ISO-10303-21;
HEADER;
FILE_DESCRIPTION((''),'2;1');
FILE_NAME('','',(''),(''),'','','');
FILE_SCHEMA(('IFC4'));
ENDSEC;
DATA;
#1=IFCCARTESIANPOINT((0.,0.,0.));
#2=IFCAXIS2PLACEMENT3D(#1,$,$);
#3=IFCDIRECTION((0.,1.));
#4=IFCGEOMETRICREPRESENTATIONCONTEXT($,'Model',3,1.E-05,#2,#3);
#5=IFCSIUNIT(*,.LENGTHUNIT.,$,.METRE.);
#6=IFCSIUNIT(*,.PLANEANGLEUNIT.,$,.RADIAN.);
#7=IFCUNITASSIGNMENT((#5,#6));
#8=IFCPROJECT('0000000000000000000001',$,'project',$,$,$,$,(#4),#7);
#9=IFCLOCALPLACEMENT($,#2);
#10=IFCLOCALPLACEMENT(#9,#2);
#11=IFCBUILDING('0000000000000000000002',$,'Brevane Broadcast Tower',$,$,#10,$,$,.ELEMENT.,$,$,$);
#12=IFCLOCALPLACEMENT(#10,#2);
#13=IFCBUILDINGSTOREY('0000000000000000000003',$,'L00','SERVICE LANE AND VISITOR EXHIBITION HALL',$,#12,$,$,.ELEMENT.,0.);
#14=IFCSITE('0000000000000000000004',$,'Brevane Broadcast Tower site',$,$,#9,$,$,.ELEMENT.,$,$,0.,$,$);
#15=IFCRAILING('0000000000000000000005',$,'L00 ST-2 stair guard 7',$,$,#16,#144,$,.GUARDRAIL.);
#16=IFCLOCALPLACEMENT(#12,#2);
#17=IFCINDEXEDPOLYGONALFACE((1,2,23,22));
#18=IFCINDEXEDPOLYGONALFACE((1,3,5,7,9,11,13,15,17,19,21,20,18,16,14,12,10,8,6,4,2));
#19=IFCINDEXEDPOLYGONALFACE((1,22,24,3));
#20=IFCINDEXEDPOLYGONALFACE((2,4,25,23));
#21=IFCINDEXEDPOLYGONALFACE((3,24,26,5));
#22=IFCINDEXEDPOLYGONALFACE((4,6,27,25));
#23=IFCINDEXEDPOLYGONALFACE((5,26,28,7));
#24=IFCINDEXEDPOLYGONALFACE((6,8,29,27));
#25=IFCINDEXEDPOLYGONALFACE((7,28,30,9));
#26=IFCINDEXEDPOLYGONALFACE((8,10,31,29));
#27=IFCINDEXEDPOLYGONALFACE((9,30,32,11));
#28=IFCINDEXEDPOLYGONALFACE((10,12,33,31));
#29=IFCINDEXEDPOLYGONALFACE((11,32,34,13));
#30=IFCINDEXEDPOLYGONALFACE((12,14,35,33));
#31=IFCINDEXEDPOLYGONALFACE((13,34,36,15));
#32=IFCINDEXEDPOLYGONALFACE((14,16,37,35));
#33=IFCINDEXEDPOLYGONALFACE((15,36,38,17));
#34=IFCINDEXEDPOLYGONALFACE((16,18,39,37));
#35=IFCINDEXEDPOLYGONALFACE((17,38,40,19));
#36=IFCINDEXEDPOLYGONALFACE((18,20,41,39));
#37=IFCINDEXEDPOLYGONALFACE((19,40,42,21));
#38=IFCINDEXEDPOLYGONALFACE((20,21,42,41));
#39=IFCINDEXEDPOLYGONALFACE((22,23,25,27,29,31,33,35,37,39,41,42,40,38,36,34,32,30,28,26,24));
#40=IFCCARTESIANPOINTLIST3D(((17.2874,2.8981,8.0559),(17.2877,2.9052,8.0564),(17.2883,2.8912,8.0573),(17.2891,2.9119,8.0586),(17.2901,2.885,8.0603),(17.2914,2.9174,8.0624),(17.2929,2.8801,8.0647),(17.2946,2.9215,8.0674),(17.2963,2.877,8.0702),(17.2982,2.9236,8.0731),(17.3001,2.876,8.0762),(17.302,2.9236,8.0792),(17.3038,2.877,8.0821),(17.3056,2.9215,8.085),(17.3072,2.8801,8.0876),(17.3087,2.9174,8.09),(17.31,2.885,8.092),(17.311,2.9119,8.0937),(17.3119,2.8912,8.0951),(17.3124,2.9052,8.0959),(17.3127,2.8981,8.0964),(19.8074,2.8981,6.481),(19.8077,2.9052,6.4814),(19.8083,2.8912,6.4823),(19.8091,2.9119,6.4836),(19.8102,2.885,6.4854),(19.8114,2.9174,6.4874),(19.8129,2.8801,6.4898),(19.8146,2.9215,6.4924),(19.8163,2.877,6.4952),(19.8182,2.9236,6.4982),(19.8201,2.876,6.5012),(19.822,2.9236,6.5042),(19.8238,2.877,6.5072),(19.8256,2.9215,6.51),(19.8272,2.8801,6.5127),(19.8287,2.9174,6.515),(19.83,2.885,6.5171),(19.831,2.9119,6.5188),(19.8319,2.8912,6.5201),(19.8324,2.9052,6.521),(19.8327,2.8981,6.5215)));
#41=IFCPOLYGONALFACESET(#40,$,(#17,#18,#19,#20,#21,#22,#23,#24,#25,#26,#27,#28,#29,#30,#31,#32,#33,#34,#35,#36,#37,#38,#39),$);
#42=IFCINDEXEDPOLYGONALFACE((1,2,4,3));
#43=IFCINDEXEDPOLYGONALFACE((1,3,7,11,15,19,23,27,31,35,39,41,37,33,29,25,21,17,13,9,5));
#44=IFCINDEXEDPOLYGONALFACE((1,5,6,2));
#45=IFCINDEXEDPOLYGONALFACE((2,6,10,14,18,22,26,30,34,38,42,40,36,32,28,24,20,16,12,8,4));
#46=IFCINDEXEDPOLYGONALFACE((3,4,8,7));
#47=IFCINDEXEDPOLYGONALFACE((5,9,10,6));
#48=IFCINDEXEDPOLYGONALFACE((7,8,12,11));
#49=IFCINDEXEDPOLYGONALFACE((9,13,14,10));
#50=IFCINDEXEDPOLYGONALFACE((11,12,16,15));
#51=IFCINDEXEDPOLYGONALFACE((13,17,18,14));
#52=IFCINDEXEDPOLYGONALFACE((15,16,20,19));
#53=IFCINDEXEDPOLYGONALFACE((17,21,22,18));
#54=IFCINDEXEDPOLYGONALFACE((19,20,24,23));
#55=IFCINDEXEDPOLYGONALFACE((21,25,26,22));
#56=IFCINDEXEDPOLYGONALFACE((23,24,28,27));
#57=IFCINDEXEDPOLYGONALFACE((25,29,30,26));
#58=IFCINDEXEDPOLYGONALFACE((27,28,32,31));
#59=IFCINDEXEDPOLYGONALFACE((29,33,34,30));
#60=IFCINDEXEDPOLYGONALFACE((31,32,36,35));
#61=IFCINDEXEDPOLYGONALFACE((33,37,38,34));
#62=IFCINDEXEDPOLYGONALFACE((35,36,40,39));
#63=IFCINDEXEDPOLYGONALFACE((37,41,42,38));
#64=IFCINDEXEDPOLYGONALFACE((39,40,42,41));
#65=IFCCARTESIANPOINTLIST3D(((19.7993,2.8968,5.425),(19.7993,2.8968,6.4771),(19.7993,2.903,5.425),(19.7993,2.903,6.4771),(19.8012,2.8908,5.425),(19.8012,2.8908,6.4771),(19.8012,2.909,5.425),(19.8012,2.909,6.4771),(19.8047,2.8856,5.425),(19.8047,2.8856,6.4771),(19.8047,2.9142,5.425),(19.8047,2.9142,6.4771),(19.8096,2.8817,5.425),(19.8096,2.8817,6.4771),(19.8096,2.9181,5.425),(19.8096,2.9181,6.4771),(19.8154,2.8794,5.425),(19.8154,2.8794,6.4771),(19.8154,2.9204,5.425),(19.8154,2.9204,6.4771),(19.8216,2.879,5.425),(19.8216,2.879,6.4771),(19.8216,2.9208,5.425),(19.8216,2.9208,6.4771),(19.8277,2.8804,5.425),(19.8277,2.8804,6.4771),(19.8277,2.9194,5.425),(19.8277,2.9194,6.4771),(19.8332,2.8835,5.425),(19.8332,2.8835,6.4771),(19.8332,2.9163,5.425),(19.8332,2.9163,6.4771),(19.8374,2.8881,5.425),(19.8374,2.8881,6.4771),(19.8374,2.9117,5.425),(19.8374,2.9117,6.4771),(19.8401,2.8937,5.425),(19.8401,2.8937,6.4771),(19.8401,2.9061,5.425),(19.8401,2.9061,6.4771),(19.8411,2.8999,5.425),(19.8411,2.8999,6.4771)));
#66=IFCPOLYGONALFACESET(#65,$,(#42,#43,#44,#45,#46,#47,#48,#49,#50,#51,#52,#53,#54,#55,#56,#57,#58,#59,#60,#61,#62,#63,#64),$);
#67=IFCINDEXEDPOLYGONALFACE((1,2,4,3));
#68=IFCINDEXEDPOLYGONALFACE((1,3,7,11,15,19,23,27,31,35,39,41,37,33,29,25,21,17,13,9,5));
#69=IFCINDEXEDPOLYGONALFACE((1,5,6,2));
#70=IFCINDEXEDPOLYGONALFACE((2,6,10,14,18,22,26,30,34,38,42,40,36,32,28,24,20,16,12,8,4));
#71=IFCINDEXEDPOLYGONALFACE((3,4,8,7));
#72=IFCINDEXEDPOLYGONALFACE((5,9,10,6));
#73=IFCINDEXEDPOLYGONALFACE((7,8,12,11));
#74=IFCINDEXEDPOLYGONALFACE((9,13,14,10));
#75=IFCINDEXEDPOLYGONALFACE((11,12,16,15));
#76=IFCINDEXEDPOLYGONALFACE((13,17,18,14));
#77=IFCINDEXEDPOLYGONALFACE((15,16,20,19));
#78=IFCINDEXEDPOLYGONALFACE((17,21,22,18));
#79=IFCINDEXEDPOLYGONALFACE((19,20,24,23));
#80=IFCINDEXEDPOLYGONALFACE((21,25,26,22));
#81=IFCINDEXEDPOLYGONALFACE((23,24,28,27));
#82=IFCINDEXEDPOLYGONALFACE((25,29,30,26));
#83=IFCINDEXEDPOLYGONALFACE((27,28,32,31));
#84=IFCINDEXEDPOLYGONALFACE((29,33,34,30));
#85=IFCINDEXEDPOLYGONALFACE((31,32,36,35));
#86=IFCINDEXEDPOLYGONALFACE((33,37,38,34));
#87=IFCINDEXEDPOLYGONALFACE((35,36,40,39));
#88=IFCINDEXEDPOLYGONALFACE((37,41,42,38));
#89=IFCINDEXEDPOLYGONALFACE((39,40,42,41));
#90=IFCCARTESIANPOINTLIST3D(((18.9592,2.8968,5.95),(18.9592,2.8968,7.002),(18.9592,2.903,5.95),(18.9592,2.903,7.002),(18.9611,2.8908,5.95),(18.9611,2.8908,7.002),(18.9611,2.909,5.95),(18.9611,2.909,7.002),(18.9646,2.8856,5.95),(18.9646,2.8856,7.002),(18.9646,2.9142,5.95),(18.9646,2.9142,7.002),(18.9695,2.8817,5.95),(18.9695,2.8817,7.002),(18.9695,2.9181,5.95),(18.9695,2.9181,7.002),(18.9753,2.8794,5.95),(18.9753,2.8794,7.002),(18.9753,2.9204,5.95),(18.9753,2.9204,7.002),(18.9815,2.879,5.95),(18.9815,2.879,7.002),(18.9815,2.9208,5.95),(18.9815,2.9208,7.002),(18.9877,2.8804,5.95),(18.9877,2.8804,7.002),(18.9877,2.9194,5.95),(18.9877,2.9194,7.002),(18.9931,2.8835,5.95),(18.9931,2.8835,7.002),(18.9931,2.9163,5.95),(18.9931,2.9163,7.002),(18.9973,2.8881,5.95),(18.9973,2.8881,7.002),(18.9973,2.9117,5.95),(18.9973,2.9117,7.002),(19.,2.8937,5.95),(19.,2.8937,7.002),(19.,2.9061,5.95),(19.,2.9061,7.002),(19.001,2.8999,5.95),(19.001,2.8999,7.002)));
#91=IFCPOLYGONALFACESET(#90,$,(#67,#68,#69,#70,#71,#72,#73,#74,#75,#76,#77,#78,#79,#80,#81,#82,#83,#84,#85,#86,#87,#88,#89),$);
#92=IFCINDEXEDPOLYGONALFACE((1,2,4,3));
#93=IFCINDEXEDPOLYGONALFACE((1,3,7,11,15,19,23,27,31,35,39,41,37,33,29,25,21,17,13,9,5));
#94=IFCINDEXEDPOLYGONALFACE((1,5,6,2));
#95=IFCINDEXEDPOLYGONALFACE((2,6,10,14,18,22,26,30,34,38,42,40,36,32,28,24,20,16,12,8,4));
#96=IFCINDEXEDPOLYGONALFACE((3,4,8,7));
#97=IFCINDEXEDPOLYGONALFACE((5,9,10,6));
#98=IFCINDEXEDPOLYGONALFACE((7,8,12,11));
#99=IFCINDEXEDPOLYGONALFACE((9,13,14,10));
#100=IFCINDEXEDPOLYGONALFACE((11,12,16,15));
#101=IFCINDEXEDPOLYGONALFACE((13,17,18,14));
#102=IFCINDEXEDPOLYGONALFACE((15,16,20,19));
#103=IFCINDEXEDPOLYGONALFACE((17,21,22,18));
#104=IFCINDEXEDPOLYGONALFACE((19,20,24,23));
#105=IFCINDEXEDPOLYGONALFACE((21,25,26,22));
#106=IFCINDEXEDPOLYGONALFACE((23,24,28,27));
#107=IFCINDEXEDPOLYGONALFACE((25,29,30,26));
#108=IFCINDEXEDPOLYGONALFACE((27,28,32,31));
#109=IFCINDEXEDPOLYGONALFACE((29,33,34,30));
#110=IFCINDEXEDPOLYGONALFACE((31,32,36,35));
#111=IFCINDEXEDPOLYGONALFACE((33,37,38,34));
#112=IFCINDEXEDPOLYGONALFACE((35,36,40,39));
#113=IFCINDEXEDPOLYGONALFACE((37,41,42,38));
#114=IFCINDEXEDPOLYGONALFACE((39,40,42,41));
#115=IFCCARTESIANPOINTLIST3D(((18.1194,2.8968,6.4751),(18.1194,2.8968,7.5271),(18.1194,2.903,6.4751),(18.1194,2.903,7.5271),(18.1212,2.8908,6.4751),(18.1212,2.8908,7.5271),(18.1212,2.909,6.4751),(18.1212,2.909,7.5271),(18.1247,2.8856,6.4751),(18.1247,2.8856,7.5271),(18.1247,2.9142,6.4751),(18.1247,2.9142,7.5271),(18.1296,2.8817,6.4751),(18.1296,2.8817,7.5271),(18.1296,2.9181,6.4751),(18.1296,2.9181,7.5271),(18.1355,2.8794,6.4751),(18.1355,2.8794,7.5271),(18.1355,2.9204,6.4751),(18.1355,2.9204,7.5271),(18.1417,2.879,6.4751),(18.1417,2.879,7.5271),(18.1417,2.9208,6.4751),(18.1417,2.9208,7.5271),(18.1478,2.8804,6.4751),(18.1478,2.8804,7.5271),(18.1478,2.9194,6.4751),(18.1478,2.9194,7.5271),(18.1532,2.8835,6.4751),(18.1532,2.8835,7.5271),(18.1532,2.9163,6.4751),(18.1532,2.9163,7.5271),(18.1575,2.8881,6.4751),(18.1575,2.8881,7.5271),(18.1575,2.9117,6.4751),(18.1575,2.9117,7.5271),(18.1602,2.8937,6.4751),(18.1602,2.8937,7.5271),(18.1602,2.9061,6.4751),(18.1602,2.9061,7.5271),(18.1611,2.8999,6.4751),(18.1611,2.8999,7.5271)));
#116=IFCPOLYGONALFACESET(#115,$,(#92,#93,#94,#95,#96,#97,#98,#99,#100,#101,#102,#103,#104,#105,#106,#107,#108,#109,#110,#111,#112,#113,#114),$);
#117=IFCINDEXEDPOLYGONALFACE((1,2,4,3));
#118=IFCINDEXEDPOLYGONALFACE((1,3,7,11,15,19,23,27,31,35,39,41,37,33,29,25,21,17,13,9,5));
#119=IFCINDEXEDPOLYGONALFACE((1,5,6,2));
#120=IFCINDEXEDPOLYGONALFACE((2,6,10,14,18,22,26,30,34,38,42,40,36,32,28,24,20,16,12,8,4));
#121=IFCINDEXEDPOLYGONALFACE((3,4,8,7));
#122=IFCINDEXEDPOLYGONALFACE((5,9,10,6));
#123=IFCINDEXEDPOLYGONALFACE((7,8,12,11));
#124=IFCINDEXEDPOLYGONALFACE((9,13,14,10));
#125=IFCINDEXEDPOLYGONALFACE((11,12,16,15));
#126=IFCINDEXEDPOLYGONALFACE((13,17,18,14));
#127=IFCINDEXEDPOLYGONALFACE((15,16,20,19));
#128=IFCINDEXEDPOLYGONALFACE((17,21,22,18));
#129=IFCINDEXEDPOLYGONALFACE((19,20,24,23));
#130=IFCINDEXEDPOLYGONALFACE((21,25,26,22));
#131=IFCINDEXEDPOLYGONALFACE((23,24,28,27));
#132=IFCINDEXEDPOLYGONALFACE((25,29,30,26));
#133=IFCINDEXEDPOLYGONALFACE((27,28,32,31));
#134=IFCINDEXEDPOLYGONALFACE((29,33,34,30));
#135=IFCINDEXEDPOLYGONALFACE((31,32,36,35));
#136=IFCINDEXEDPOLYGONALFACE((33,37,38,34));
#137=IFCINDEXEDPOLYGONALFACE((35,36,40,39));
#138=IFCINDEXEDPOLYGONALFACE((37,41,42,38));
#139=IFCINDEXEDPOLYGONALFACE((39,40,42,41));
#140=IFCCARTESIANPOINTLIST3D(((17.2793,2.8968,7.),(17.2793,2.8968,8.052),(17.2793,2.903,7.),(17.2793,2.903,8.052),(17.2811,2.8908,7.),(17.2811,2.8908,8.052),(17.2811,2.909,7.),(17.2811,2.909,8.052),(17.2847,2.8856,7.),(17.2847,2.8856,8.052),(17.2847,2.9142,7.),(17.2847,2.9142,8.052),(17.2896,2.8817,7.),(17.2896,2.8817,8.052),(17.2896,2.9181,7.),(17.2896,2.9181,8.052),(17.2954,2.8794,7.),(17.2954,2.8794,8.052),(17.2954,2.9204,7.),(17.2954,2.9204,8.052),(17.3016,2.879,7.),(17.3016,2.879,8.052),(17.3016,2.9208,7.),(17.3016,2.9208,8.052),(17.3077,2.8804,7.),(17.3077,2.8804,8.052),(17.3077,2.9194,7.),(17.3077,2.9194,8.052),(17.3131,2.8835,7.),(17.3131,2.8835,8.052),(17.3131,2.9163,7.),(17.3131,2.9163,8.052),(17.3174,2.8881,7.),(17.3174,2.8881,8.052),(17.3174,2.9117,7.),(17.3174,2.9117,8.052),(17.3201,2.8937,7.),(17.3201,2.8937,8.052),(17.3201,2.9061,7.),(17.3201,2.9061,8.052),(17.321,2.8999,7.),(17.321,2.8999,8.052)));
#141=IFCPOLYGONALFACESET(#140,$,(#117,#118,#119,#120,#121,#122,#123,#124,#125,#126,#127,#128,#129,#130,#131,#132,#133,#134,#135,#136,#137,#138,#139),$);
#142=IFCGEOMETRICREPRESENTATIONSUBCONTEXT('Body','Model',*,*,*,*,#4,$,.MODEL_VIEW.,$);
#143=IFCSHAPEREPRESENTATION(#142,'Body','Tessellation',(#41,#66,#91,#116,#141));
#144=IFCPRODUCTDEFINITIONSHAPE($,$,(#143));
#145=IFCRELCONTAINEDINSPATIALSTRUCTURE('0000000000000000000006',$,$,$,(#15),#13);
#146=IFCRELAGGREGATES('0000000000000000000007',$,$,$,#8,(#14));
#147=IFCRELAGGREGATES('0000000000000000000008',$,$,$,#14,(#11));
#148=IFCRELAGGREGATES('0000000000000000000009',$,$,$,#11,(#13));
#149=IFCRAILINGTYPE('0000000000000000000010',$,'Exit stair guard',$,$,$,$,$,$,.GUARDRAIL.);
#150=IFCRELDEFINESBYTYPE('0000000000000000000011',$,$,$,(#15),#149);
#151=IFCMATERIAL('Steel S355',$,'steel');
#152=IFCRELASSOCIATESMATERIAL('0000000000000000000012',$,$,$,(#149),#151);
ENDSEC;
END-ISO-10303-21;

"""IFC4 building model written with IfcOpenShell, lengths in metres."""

from ifc_helpers import new_model, si_unit, direction, frame, origin, origin_2d, place, context, subcontext, project, spatial, circle, extrude, material, type_object, element, save


model = new_model("IFC4")

# Units and contexts
model_context = context("Model", 3, precision=1e-05, world=origin(), true_north=direction((0.0, 1.0)))
body_context = subcontext(model_context, "Body", "Model", "MODEL_VIEW")
ifc_project = project(units=[si_unit("LENGTHUNIT", "METRE"), si_unit("PLANEANGLEUNIT", "RADIAN")], contexts=[model_context])

# Site, building, storey
site_placement = place(None, origin())
site = spatial("IfcSite", under=ifc_project, at=site_placement, Name="Brevane Broadcast Tower site", CompositionType="ELEMENT", RefElevation=0.0)
building_placement = place(site_placement, origin())
building = spatial("IfcBuilding", under=site, at=building_placement, Name="Brevane Broadcast Tower", CompositionType="ELEMENT")
storey_placement = place(building_placement, origin())
storey = spatial("IfcBuildingStorey", under=building, at=storey_placement, Name="L00", Description="SERVICE LANE AND VISITOR EXHIBITION HALL", CompositionType="ELEMENT", Elevation=0.0)

# Railing
ifc_material_1 = material(Name="Steel S355", Category="steel")
railing_type_1 = type_object("IfcRailingType", Name="Exit stair guard", PredefinedType="GUARDRAIL", material=ifc_material_1)
for number, where, name in (
    (1, (19.8201, 2.8999, 5.425), "L00 ST-2 stair guard 7"),
):
    element("IfcRailing", number, at=place(storey_placement, frame(where)), inside=storey, type_object=railing_type_1, Name=name, PredefinedType="GUARDRAIL", context=body_context, shape_type="SweptSolid", body=[
        extrude(circle(Radius=0.0239, at=origin_2d()), frame((0.0, 0.0, 1.0762), z_axis=(-0.848008, 0.0, 0.529984), x_axis=(0.0, -1.0, 0.0)), (0.0, 0.0, 1.0), 2.9717),
        extrude(circle(Radius=0.021, at=origin_2d()), origin(), (0.0, 0.0, 1.0), 1.052),
        extrude(circle(Radius=0.021, at=origin_2d()), frame((-0.8401, 0.0, 0.5249)), (0.0, 0.0, 1.0), 1.052),
        extrude(circle(Radius=0.021, at=origin_2d()), frame((-1.6799, 0.0, 1.05)), (0.0, 0.0, 1.0), 1.052),
        extrude(circle(Radius=0.021, at=origin_2d()), frame((-2.52, 0.0, 1.575)), (0.0, 0.0, 1.0), 1.052),
    ])

save(model, "model.ifc")
